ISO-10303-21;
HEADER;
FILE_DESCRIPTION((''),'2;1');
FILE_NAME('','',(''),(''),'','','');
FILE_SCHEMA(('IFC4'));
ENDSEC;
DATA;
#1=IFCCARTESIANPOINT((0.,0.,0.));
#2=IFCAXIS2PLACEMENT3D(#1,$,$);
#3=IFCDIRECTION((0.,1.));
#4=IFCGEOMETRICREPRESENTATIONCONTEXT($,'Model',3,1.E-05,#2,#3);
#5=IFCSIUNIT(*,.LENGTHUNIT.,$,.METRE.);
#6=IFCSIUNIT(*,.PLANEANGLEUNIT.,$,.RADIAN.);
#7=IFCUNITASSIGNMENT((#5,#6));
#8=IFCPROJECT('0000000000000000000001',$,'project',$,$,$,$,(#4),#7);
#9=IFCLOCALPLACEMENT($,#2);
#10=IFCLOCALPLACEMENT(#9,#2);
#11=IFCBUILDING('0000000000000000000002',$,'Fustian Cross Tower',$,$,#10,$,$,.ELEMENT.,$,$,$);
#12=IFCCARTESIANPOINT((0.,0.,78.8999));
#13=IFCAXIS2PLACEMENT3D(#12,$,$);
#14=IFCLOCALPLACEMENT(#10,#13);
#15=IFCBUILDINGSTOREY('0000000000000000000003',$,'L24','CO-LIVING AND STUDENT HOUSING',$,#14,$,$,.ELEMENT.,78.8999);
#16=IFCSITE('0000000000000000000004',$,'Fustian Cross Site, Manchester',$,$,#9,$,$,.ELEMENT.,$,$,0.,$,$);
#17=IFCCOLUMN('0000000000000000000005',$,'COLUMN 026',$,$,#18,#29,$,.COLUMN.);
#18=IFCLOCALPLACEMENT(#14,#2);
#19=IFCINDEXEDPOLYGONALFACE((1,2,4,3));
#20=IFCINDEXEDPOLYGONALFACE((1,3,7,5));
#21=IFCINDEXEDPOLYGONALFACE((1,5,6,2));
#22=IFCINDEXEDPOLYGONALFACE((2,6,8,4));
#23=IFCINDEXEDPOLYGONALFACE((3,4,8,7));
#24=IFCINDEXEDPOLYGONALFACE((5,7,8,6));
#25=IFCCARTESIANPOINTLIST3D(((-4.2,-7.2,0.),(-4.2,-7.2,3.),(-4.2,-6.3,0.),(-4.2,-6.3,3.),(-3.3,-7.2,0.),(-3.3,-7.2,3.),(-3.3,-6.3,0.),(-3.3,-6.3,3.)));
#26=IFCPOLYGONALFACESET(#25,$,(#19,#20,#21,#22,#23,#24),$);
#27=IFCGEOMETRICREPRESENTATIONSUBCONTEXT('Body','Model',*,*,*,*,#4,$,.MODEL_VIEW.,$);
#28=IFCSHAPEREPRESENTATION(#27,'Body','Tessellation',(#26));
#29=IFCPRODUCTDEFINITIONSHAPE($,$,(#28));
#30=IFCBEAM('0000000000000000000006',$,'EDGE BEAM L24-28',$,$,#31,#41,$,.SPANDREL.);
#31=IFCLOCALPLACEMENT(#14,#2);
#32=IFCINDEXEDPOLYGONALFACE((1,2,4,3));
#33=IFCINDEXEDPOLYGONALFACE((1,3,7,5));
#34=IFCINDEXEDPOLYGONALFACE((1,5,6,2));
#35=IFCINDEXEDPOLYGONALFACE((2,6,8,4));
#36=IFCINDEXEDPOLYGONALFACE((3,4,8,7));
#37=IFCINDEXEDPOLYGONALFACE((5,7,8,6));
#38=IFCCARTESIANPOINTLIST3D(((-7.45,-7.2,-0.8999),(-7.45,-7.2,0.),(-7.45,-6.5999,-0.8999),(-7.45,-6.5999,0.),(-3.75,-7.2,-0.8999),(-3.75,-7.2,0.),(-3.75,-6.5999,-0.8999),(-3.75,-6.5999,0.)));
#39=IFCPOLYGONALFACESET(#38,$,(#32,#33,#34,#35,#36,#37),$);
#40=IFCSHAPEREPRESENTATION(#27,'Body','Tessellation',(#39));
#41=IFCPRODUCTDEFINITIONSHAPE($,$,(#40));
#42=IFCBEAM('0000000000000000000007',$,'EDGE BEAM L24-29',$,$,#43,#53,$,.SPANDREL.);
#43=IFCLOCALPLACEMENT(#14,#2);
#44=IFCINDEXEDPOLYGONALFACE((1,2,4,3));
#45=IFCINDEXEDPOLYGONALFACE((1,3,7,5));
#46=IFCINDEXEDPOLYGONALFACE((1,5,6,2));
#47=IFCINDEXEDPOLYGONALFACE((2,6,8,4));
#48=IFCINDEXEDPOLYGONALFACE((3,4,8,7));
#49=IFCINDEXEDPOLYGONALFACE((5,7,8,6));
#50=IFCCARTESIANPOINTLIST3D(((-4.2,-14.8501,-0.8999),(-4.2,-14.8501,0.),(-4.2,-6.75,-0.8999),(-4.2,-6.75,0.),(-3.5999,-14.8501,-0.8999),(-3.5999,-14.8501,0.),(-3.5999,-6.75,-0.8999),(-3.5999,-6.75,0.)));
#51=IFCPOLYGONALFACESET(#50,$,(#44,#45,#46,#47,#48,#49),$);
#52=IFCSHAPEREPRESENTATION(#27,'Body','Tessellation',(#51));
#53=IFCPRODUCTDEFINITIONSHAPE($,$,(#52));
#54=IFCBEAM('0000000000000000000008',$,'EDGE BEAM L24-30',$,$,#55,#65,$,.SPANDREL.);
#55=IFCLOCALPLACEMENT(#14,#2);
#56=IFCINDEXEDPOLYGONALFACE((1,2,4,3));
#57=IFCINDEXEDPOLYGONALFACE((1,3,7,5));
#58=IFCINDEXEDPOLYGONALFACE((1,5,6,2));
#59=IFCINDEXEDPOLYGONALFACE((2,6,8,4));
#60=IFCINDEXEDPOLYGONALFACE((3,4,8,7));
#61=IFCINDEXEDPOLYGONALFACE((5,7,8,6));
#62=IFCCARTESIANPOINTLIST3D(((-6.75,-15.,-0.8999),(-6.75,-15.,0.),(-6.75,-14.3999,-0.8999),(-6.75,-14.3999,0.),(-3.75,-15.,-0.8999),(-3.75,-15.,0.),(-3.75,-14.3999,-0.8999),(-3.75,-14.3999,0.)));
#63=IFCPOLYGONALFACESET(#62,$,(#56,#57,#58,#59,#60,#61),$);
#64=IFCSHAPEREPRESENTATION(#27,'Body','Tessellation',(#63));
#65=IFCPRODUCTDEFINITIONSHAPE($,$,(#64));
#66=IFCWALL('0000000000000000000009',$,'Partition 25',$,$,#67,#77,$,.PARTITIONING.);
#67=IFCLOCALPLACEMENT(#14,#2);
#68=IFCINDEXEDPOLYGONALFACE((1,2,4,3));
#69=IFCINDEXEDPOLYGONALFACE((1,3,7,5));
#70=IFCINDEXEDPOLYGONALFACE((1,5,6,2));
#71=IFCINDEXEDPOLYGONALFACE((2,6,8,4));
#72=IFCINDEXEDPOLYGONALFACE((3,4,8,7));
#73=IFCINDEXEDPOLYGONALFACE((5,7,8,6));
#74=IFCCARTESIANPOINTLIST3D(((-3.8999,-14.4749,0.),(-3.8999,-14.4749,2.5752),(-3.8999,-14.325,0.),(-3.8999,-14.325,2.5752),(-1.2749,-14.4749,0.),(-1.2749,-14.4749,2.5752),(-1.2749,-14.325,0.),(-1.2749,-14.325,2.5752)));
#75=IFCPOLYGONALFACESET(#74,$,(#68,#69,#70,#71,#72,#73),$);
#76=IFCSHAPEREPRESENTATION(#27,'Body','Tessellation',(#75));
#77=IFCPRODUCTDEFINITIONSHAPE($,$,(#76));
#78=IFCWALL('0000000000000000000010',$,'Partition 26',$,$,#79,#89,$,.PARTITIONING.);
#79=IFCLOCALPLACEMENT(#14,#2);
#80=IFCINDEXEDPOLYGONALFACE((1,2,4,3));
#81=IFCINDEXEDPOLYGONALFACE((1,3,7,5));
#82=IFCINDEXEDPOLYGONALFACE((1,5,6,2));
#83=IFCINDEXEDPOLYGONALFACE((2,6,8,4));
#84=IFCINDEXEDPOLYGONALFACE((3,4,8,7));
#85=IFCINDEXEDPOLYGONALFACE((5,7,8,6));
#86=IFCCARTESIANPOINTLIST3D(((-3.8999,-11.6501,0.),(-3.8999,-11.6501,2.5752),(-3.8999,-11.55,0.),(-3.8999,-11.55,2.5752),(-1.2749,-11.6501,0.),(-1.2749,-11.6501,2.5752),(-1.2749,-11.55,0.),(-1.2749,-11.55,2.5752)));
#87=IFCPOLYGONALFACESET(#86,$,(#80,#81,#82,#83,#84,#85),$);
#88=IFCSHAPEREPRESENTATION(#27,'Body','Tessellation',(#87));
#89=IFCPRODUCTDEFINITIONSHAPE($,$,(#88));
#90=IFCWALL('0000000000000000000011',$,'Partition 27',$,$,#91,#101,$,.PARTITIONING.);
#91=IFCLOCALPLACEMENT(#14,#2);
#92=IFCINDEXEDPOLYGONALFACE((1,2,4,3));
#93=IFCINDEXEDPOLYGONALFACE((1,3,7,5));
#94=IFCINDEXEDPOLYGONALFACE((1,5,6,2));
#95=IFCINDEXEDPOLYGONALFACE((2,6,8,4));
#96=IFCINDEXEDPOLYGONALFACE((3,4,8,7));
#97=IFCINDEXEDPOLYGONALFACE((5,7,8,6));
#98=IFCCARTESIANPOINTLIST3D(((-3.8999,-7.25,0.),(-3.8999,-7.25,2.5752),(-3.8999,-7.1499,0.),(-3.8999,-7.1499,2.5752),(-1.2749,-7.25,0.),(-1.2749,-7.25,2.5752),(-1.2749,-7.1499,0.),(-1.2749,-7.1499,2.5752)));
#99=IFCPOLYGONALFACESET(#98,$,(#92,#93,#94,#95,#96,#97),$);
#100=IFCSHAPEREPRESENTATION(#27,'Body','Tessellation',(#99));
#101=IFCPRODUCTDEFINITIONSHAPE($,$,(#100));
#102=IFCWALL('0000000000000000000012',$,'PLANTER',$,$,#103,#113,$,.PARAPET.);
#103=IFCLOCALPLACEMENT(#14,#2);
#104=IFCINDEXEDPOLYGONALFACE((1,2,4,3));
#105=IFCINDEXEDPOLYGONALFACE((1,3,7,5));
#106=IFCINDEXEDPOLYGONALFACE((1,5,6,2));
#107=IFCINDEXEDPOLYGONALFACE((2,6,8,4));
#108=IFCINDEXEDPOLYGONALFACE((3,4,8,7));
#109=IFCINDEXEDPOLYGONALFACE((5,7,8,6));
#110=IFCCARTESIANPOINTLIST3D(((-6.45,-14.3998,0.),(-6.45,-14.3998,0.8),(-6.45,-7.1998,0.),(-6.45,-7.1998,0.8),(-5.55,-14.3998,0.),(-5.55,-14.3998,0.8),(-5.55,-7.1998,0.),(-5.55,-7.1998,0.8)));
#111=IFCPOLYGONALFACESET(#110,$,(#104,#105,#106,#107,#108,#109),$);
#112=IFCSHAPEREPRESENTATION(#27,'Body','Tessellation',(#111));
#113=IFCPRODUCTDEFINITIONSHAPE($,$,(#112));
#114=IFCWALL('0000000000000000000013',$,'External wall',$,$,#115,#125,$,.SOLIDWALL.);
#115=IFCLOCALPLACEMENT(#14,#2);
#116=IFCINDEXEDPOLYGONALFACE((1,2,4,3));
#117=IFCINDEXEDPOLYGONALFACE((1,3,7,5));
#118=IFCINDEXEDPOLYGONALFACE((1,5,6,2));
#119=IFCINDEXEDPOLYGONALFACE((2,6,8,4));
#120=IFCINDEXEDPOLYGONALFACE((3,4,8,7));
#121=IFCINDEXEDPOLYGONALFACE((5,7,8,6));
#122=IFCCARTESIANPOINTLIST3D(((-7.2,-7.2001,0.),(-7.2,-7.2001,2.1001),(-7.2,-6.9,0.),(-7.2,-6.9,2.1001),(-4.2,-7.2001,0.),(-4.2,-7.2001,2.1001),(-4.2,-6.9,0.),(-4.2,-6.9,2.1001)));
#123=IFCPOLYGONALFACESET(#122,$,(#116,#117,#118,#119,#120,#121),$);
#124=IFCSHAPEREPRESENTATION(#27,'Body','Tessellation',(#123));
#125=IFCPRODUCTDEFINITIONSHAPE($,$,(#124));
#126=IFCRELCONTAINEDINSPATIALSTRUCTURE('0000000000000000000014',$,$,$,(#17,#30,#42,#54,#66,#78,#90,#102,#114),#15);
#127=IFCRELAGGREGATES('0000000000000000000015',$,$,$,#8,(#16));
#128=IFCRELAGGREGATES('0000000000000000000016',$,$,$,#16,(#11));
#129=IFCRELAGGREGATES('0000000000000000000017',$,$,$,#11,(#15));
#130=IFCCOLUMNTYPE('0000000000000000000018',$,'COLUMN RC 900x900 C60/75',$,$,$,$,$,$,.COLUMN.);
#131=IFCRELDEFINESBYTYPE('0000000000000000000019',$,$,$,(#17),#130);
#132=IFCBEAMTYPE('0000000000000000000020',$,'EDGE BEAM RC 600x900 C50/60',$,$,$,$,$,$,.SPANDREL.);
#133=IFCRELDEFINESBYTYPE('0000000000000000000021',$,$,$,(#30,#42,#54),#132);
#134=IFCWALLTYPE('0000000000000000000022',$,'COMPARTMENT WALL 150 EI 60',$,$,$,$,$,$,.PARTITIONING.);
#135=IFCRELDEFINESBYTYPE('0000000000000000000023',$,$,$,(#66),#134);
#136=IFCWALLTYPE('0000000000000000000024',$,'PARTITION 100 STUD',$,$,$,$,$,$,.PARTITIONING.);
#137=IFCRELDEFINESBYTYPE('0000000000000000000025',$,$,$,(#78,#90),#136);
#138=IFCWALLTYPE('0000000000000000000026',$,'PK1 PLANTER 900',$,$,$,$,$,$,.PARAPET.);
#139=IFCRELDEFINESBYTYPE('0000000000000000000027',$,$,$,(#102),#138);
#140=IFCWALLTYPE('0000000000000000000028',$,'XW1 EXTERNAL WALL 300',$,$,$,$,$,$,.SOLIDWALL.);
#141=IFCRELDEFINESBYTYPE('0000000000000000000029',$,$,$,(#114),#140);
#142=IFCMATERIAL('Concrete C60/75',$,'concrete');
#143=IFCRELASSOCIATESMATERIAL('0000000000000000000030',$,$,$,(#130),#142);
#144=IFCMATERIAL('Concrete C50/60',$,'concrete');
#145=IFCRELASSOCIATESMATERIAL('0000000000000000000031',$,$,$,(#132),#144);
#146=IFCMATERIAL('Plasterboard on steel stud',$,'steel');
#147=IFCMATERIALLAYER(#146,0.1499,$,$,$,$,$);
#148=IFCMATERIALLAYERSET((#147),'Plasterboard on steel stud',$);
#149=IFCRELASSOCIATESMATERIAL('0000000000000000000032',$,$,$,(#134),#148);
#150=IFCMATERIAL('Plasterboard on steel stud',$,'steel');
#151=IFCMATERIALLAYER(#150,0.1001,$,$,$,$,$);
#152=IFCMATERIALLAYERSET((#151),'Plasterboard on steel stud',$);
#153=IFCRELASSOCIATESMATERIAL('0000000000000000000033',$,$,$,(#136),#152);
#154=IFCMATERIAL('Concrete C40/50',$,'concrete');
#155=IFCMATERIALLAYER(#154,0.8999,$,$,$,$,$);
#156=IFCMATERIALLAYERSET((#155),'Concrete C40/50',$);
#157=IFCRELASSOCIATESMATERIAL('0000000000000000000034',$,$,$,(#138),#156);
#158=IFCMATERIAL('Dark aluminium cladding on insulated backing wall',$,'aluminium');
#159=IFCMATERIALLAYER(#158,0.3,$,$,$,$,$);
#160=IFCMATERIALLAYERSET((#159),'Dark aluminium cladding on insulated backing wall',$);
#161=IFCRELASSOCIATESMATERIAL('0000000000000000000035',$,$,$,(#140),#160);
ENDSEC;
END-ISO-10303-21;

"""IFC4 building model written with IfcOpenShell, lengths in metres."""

from ifc_helpers import new_model, si_unit, direction, frame, frame_2d, origin, origin_2d, place, context, subcontext, project, spatial, rectangle, extrude, material, layer, layer_set, material_profile, profile_set, type_object, element, save


model = new_model("IFC4")

# Units and contexts
model_context = context("Model", 3, precision=1e-05, world=origin(), true_north=direction((0.0, 1.0)))
body_context = subcontext(model_context, "Body", "Model", "MODEL_VIEW")
ifc_project = project(units=[si_unit("LENGTHUNIT", "METRE"), si_unit("PLANEANGLEUNIT", "RADIAN")], contexts=[model_context])

# Site, building, storey
site_placement = place(None, origin())
site = spatial("IfcSite", under=ifc_project, at=site_placement, Name="Fustian Cross Site, Manchester", CompositionType="ELEMENT", RefElevation=0.0)
building_placement = place(site_placement, origin())
building = spatial("IfcBuilding", under=site, at=building_placement, Name="Fustian Cross Tower", CompositionType="ELEMENT")
storey_placement = place(building_placement, frame((0.0, 0.0, 78.8999)))
storey = spatial("IfcBuildingStorey", under=building, at=storey_placement, Name="L24", Description="CO-LIVING AND STUDENT HOUSING", CompositionType="ELEMENT", Elevation=78.8999)

# Column
ifc_material_1 = material(Name="Concrete C60/75", Category="concrete")
ifc_material_profile_1 = material_profile(ifc_material_1, rectangle(XDim=0.8999, YDim=0.8999, at=origin_2d()), Name="RC 900x900")
ifc_profile_set_1 = profile_set([ifc_material_profile_1], Name="Concrete C60/75")
column_type = type_object("IfcColumnType", Name="COLUMN RC 900x900 C60/75", PredefinedType="COLUMN", material=ifc_profile_set_1)
column_placement = place(storey_placement, frame((-3.75, -6.75, 0.0), z_axis=(0.0, 0.0, 1.0), x_axis=(1.0, 0.0, 0.0)))
element("IfcColumn", 1, at=column_placement, inside=storey, type_object=column_type, Name="COLUMN 026", PredefinedType="COLUMN", context=body_context, shape_type="SweptSolid", body=[
    extrude(rectangle(XDim=0.8999, YDim=0.8999, at=origin_2d()), origin(), (0.0, 0.0, 1.0), 3.0),
])

# Beams
ifc_material_2 = material(Name="Concrete C50/60", Category="concrete")
ifc_material_profile_2 = material_profile(ifc_material_2, rectangle(XDim=0.6001, YDim=0.8999, at=origin_2d()), Name="RC 600x900")
ifc_profile_set_2 = profile_set([ifc_material_profile_2], Name="Concrete C50/60")
beam_type = type_object("IfcBeamType", Name="EDGE BEAM RC 600x900 C50/60", PredefinedType="SPANDREL", material=ifc_profile_set_2)
beam_1_placement = place(storey_placement, frame((-7.45, -6.8999, -0.45), z_axis=(1.0, 0.0, 0.0), x_axis=(0.0, 1.0, 0.0)))
element("IfcBeam", 2, at=beam_1_placement, inside=storey, type_object=beam_type, Name="EDGE BEAM L24-28", PredefinedType="SPANDREL", context=body_context, shape_type="SweptSolid", body=[
    extrude(rectangle(XDim=0.6001, YDim=0.8999, at=origin_2d()), origin(), (0.0, 0.0, 1.0), 3.7),
])
beam_2_placement = place(storey_placement, frame((-3.8999, -6.75, -0.45), z_axis=(0.0, -1.0, 0.0), x_axis=(1.0, 0.0, 0.0)))
element("IfcBeam", 3, at=beam_2_placement, inside=storey, type_object=beam_type, Name="EDGE BEAM L24-29", PredefinedType="SPANDREL", context=body_context, shape_type="SweptSolid", body=[
    extrude(rectangle(XDim=0.6001, YDim=0.8999, at=origin_2d()), origin(), (0.0, 0.0, 1.0), 8.1001),
])
beam_3_placement = place(storey_placement, frame((-3.75, -14.7, -0.45), z_axis=(-1.0, 0.0, 0.0), x_axis=(0.0, -1.0, 0.0)))
element("IfcBeam", 4, at=beam_3_placement, inside=storey, type_object=beam_type, Name="EDGE BEAM L24-30", PredefinedType="SPANDREL", context=body_context, shape_type="SweptSolid", body=[
    extrude(rectangle(XDim=0.6001, YDim=0.8999, at=origin_2d()), origin(), (0.0, 0.0, 1.0), 3.0),
])

# Walls
ifc_material_3 = material(Name="Plasterboard on steel stud", Category="steel")
ifc_layer_1 = layer(ifc_material_3, 0.1499)
ifc_layer_set_1 = layer_set([ifc_layer_1], Name="Plasterboard on steel stud")
wall_type_1 = type_object("IfcWallType", Name="COMPARTMENT WALL 150 EI 60", PredefinedType="PARTITIONING", material=ifc_layer_set_1)
wall_1_placement = place(storey_placement, frame((-3.8999, -14.3999, 0.0), z_axis=(0.0, 0.0, 1.0), x_axis=(1.0, 0.0, 0.0)))
element("IfcWall", 5, at=wall_1_placement, inside=storey, type_object=wall_type_1, Name="Partition 25", PredefinedType="PARTITIONING", context=body_context, shape_type="SweptSolid", body=[
    extrude(rectangle(XDim=2.625, YDim=0.1499, at=frame_2d((1.3125, 0.0))), origin(), (0.0, 0.0, 1.0), 2.5752),
])
ifc_material_4 = material(Name="Plasterboard on steel stud", Category="steel")
ifc_layer_2 = layer(ifc_material_4, 0.1001)
ifc_layer_set_2 = layer_set([ifc_layer_2], Name="Plasterboard on steel stud")
wall_type_2 = type_object("IfcWallType", Name="PARTITION 100 STUD", PredefinedType="PARTITIONING", material=ifc_layer_set_2)
for number, where, z_axis, x_axis, name in (
    (6, (-3.8999, -11.6001, 0.0), (0.0, 0.0, 1.0), (1.0, 0.0, 0.0), "Partition 26"),
    (7, (-3.8999, -7.2, 0.0), (0.0, 0.0, 1.0), (1.0, 0.0, 0.0), "Partition 27"),
):
    element("IfcWall", number, at=place(storey_placement, frame(where, z_axis=z_axis, x_axis=x_axis)), inside=storey, type_object=wall_type_2, Name=name, PredefinedType="PARTITIONING", context=body_context, shape_type="SweptSolid", body=[
        extrude(rectangle(XDim=2.625, YDim=0.1001, at=frame_2d((1.3125, 0.0))), origin(), (0.0, 0.0, 1.0), 2.5752),
    ])
ifc_material_5 = material(Name="Concrete C40/50", Category="concrete")
ifc_layer_3 = layer(ifc_material_5, 0.8999)
ifc_layer_set_3 = layer_set([ifc_layer_3], Name="Concrete C40/50")
wall_type_3 = type_object("IfcWallType", Name="PK1 PLANTER 900", PredefinedType="PARAPET", material=ifc_layer_set_3)
wall_2_placement = place(storey_placement, frame((-6.0, -14.3999, 0.0), z_axis=(0.0, 0.0, 1.0), x_axis=(0.0, 1.0, 0.0)))
element("IfcWall", 8, at=wall_2_placement, inside=storey, type_object=wall_type_3, Name="PLANTER", PredefinedType="PARAPET", context=body_context, shape_type="SweptSolid", body=[
    extrude(rectangle(XDim=7.2, YDim=0.8999, at=frame_2d((3.6001, 0.0))), origin(), (0.0, 0.0, 1.0), 0.8),
])
ifc_material_6 = material(Name="Dark aluminium cladding on insulated backing wall", Category="aluminium")
ifc_layer_4 = layer(ifc_material_6, 0.3)
ifc_layer_set_4 = layer_set([ifc_layer_4], Name="Dark aluminium cladding on insulated backing wall")
wall_type_4 = type_object("IfcWallType", Name="XW1 EXTERNAL WALL 300", PredefinedType="SOLIDWALL", material=ifc_layer_set_4)
wall_3_placement = place(storey_placement, frame((-7.2, -7.05, 0.0), z_axis=(0.0, 0.0, 1.0), x_axis=(1.0, 0.0, 0.0)))
element("IfcWall", 9, at=wall_3_placement, inside=storey, type_object=wall_type_4, Name="External wall", PredefinedType="SOLIDWALL", context=body_context, shape_type="SweptSolid", body=[
    extrude(rectangle(XDim=3.0, YDim=0.3, at=frame_2d((1.5, 0.0))), origin(), (0.0, 0.0, 1.0), 2.1001),
])

save(model, "model.ifc")
